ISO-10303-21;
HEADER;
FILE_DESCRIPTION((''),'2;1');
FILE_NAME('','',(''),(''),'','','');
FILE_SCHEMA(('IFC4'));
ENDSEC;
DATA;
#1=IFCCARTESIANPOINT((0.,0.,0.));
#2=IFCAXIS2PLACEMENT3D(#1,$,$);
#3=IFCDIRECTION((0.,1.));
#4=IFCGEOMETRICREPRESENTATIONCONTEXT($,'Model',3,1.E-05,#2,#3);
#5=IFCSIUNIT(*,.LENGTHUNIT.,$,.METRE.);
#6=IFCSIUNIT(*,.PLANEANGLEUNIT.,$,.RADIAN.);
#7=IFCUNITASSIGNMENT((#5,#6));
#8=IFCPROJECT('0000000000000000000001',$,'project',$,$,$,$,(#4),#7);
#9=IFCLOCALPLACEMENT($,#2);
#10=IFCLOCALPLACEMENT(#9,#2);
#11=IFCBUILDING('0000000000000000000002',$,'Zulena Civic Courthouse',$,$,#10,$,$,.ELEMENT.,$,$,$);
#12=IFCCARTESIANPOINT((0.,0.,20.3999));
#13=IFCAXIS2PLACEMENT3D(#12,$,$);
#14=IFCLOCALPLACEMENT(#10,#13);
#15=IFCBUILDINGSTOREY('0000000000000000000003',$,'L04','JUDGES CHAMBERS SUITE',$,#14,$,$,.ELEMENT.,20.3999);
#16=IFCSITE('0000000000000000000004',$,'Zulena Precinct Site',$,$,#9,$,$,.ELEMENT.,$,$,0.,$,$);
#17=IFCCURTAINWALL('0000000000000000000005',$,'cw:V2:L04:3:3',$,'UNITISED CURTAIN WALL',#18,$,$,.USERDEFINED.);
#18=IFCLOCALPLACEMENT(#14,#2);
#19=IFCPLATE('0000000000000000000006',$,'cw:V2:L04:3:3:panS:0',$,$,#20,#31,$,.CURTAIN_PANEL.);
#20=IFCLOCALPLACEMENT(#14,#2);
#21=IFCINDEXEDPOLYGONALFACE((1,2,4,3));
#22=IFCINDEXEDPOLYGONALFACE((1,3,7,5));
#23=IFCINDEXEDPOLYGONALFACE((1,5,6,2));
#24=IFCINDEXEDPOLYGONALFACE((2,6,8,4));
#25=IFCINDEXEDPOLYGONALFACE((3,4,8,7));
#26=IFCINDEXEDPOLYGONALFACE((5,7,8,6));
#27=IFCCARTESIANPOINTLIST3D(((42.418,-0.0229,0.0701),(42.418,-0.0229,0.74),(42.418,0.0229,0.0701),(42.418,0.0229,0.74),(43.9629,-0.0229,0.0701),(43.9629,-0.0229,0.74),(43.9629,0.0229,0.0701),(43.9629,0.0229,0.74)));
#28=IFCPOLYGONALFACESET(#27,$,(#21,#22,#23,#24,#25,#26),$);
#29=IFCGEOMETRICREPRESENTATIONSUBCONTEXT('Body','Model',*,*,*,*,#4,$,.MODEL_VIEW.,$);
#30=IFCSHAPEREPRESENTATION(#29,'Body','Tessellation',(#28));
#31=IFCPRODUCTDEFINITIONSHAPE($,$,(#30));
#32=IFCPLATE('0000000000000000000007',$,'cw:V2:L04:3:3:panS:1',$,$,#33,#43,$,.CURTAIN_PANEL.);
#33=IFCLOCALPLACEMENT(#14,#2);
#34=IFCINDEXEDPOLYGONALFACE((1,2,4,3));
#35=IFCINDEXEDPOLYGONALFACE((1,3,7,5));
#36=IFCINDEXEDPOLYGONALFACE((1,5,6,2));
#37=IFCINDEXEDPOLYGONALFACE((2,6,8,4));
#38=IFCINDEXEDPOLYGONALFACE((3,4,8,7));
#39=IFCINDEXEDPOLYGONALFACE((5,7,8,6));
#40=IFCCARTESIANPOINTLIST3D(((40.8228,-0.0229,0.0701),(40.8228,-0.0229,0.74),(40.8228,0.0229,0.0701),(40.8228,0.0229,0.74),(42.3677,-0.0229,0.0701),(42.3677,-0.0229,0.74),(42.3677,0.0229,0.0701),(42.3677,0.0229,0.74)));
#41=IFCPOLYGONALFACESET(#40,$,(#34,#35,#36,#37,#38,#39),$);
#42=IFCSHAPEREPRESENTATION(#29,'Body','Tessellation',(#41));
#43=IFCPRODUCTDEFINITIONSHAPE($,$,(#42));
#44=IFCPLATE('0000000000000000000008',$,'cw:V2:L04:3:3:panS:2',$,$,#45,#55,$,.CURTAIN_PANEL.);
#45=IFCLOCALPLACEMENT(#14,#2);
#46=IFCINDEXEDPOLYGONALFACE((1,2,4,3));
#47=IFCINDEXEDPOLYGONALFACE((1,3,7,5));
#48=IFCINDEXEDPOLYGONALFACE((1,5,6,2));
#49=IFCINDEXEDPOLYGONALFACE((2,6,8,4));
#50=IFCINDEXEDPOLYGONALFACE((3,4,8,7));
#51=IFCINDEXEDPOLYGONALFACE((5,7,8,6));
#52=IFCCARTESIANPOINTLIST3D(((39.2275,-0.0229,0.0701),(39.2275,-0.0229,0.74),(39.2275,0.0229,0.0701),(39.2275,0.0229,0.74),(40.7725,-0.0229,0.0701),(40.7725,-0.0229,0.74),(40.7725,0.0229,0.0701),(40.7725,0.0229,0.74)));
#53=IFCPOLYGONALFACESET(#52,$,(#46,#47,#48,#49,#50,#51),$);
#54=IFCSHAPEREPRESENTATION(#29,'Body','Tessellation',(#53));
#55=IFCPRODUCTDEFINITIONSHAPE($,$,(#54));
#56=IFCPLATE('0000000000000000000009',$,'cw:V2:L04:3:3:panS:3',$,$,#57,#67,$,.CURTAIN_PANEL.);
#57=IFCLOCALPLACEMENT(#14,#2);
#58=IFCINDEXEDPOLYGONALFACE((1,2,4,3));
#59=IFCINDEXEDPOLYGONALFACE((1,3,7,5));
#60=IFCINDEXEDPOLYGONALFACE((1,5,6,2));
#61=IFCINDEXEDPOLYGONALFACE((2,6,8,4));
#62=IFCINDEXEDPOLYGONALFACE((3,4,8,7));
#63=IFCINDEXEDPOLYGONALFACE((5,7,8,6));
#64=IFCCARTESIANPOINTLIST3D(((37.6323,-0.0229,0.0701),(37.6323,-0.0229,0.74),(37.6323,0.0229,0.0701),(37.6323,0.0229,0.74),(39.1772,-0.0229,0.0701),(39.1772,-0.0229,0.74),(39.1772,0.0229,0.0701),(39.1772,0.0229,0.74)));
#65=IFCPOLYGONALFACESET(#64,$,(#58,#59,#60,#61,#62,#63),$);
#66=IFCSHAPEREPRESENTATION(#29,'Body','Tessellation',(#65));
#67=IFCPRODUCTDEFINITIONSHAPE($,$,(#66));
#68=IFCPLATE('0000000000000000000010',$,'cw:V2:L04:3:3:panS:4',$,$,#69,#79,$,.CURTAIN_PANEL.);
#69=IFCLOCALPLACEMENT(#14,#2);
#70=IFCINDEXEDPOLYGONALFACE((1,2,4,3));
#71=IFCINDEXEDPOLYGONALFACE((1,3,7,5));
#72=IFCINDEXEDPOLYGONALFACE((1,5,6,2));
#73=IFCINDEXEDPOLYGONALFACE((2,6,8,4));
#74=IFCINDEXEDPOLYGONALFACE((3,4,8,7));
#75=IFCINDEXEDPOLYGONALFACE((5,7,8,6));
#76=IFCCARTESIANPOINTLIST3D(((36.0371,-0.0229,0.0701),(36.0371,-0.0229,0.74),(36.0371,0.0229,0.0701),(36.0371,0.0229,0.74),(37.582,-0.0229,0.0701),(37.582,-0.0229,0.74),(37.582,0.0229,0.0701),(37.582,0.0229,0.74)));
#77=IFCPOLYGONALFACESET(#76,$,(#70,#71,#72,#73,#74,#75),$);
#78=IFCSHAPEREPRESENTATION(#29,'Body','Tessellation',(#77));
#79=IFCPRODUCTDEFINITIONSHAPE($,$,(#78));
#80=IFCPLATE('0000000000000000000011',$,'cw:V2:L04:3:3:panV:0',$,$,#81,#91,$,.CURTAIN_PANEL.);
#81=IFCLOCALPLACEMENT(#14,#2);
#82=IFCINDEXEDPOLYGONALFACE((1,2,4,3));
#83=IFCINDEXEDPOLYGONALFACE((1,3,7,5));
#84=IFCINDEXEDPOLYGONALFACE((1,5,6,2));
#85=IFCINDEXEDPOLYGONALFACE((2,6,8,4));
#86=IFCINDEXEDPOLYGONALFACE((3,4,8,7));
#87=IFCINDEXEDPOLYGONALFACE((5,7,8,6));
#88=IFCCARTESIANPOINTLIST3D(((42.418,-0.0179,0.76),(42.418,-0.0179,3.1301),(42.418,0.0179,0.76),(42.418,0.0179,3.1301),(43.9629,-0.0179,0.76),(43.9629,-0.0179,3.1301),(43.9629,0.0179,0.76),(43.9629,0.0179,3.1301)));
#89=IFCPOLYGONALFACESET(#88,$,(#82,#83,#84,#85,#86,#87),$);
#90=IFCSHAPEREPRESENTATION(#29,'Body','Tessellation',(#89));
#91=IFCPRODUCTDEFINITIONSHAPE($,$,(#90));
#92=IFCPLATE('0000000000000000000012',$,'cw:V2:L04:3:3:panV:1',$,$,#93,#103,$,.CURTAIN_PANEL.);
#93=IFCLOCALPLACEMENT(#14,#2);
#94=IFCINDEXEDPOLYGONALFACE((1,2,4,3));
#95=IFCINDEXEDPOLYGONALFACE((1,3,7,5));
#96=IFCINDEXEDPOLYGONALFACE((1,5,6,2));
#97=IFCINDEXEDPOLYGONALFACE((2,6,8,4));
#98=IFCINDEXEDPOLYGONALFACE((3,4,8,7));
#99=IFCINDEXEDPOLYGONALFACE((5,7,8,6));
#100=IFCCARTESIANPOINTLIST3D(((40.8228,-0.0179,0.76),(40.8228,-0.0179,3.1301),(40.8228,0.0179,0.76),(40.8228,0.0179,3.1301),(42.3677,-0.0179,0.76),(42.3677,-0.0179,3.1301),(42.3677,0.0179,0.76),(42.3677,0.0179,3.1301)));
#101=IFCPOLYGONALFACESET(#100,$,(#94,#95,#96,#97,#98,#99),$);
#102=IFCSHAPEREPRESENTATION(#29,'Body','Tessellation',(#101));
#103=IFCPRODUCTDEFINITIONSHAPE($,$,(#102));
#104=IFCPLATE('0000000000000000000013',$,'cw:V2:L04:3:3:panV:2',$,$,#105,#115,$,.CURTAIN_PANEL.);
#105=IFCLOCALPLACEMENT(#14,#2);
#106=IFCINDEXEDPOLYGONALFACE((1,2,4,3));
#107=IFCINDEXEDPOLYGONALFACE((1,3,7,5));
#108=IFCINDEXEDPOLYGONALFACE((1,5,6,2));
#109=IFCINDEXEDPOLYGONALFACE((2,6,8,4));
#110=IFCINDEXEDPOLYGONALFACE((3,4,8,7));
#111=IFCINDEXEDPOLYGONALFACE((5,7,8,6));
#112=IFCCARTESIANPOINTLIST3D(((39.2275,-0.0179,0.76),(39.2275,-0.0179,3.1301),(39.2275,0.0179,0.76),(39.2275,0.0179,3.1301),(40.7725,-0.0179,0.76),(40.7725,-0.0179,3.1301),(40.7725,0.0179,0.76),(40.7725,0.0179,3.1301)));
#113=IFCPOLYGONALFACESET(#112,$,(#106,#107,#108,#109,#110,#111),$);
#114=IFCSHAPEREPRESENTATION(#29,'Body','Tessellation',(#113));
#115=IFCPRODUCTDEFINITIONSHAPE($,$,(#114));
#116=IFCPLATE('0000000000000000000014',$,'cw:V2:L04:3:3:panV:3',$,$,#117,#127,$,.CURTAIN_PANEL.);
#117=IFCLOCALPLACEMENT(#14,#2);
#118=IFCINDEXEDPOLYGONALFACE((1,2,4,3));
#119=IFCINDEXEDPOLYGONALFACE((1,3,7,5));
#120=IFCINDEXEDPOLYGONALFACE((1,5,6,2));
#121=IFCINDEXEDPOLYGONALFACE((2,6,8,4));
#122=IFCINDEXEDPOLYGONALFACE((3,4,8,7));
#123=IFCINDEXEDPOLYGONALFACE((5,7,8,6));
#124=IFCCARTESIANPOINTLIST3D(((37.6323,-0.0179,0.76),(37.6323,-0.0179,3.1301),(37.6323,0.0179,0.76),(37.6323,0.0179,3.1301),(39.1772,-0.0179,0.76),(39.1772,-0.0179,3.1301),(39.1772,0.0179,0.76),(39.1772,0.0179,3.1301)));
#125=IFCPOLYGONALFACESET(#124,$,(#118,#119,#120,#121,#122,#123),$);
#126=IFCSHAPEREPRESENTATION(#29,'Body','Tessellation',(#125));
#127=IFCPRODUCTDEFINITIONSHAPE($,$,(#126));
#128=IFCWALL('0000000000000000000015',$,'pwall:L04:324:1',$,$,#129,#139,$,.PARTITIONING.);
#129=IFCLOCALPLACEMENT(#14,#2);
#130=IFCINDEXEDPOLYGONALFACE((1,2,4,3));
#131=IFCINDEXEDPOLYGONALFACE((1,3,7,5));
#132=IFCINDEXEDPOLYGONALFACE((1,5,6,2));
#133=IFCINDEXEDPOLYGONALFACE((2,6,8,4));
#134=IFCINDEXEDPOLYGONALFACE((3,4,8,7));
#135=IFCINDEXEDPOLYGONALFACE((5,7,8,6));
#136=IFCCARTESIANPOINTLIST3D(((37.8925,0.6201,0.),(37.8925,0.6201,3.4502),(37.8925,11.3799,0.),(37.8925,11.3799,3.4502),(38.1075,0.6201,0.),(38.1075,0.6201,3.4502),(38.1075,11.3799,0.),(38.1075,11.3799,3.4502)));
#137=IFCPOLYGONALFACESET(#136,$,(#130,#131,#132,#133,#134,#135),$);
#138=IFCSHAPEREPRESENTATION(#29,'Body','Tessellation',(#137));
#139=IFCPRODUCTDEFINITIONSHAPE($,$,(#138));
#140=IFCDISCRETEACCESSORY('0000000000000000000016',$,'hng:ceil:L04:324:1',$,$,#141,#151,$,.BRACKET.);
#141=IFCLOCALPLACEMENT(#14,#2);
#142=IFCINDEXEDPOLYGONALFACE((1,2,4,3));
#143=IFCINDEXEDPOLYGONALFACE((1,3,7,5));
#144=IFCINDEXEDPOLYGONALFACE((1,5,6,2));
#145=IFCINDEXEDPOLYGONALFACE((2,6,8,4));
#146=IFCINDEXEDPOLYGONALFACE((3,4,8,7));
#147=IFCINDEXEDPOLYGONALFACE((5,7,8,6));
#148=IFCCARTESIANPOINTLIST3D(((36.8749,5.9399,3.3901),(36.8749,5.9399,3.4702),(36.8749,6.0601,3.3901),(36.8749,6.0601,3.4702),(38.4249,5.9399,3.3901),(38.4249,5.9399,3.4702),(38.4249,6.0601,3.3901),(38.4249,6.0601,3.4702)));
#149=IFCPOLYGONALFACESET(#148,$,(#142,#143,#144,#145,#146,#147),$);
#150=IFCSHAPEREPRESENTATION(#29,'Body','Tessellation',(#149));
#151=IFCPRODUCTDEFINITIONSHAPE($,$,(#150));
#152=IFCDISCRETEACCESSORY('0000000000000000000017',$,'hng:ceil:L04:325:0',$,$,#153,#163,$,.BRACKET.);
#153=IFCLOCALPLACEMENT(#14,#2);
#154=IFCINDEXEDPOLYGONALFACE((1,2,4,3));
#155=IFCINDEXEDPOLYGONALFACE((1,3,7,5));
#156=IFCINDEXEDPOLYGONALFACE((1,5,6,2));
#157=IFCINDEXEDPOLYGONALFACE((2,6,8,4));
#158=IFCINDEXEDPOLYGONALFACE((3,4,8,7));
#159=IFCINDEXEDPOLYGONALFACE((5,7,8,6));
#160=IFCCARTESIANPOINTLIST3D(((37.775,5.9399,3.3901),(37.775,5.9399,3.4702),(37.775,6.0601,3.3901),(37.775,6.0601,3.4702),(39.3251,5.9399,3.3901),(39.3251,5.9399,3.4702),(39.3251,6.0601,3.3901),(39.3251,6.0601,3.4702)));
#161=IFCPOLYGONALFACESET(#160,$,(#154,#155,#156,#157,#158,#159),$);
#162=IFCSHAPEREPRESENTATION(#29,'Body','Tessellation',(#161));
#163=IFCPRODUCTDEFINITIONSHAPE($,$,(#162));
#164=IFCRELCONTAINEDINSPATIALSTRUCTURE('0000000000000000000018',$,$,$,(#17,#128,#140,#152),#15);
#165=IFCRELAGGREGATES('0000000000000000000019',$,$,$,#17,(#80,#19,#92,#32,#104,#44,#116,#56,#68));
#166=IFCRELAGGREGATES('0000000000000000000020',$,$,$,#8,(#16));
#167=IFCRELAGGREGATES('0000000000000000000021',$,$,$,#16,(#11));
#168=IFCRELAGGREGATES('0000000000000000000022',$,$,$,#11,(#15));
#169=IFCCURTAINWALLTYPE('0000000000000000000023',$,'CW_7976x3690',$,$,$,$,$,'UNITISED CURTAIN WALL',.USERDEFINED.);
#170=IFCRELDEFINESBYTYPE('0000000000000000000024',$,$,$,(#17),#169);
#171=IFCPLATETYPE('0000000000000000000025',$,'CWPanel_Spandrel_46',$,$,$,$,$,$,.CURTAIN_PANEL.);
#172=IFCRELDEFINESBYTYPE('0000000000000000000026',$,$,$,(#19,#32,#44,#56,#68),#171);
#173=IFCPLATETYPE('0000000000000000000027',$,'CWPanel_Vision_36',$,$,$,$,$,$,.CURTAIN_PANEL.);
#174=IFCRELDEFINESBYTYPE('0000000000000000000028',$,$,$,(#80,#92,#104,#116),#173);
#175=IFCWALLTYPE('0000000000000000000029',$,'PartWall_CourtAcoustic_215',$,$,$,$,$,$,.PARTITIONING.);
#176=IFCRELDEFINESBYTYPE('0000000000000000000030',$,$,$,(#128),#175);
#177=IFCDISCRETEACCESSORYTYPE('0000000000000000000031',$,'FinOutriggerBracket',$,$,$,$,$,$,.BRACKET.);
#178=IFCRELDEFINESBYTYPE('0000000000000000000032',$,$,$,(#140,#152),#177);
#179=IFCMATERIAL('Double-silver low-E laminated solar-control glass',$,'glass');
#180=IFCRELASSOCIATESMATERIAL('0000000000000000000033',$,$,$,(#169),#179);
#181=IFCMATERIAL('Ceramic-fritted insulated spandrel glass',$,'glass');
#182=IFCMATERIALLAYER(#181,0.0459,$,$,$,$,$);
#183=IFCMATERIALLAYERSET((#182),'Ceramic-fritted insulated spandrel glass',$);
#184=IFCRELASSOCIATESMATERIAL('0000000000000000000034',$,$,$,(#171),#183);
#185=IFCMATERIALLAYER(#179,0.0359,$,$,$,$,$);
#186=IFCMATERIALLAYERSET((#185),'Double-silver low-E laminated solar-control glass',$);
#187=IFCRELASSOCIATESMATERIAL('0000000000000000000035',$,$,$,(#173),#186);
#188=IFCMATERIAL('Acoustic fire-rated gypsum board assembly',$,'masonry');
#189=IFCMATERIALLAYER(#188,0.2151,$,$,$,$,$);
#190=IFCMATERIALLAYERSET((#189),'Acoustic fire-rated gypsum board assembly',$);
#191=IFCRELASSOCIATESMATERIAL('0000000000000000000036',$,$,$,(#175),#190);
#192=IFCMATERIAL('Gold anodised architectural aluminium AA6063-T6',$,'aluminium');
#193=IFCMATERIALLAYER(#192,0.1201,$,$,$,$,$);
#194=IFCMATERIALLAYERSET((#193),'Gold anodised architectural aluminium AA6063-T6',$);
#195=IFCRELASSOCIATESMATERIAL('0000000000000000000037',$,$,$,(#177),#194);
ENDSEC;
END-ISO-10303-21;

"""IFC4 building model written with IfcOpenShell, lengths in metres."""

from ifc_helpers import new_model, si_unit, direction, frame, frame_2d, origin, origin_2d, place, context, subcontext, project, spatial, rectangle, extrude, material, layer, layer_set, type_object, element, aggregate, save


model = new_model("IFC4")

# Units and contexts
model_context = context("Model", 3, precision=1e-05, world=origin(), true_north=direction((0.0, 1.0)))
body_context = subcontext(model_context, "Body", "Model", "MODEL_VIEW")
ifc_project = project(units=[si_unit("LENGTHUNIT", "METRE"), si_unit("PLANEANGLEUNIT", "RADIAN")], contexts=[model_context])

# Site, building, storey
site_placement = place(None, origin())
site = spatial("IfcSite", under=ifc_project, at=site_placement, Name="Zulena Precinct Site", CompositionType="ELEMENT", RefElevation=0.0)
building_placement = place(site_placement, origin())
building = spatial("IfcBuilding", under=site, at=building_placement, Name="Zulena Civic Courthouse", CompositionType="ELEMENT")
storey_placement = place(building_placement, frame((0.0, 0.0, 20.3999)))
storey = spatial("IfcBuildingStorey", under=building, at=storey_placement, Name="L04", Description="JUDGES CHAMBERS SUITE", CompositionType="ELEMENT", Elevation=20.3999)

# Curtain wall
ifc_material_1 = material(Name="Double-silver low-E laminated solar-control glass", Category="glass")
curtain_wall_type = type_object("IfcCurtainWallType", Name="CW_7976x3690", ElementType="UNITISED CURTAIN WALL", PredefinedType="USERDEFINED", material=ifc_material_1)
curtain_wall_placement = place(storey_placement, origin())
curtain_wall = element("IfcCurtainWall", 1, at=curtain_wall_placement, inside=storey, type_object=curtain_wall_type, Name="cw:V2:L04:3:3", ObjectType="UNITISED CURTAIN WALL", PredefinedType="USERDEFINED")

# Plates
ifc_material_2 = material(Name="Ceramic-fritted insulated spandrel glass", Category="glass")
ifc_layer_1 = layer(ifc_material_2, 0.0459)
ifc_layer_set_1 = layer_set([ifc_layer_1], Name="Ceramic-fritted insulated spandrel glass")
plate_type_1 = type_object("IfcPlateType", Name="CWPanel_Spandrel_46", PredefinedType="CURTAIN_PANEL", material=ifc_layer_set_1)
plate_1_placement = place(storey_placement, frame((43.1904, 0.0, 0.0701), z_axis=(0.0, 0.0, 1.0), x_axis=(-1.0, 0.0, 0.0)))
plate_1 = element("IfcPlate", 2, at=plate_1_placement, type_object=plate_type_1, Name="cw:V2:L04:3:3:panS:0", PredefinedType="CURTAIN_PANEL", context=body_context, shape_type="SweptSolid", body=[
    extrude(rectangle(XDim=1.5449, YDim=0.0459, at=origin_2d()), origin(), (0.0, 0.0, 1.0), 0.6699),
])
plate_2_placement = place(storey_placement, frame((41.5952, 0.0, 0.0701), z_axis=(0.0, 0.0, 1.0), x_axis=(-1.0, 0.0, 0.0)))
plate_2 = element("IfcPlate", 3, at=plate_2_placement, type_object=plate_type_1, Name="cw:V2:L04:3:3:panS:1", PredefinedType="CURTAIN_PANEL", context=body_context, shape_type="SweptSolid", body=[
    extrude(rectangle(XDim=1.5449, YDim=0.0459, at=origin_2d()), origin(), (0.0, 0.0, 1.0), 0.6699),
])
plate_3_placement = place(storey_placement, frame((40.0, 0.0, 0.0701), z_axis=(0.0, 0.0, 1.0), x_axis=(-1.0, 0.0, 0.0)))
plate_3 = element("IfcPlate", 4, at=plate_3_placement, type_object=plate_type_1, Name="cw:V2:L04:3:3:panS:2", PredefinedType="CURTAIN_PANEL", context=body_context, shape_type="SweptSolid", body=[
    extrude(rectangle(XDim=1.5449, YDim=0.0459, at=origin_2d()), origin(), (0.0, 0.0, 1.0), 0.6699),
])
plate_4_placement = place(storey_placement, frame((38.4048, 0.0, 0.0701), z_axis=(0.0, 0.0, 1.0), x_axis=(-1.0, 0.0, 0.0)))
plate_4 = element("IfcPlate", 5, at=plate_4_placement, type_object=plate_type_1, Name="cw:V2:L04:3:3:panS:3", PredefinedType="CURTAIN_PANEL", context=body_context, shape_type="SweptSolid", body=[
    extrude(rectangle(XDim=1.5449, YDim=0.0459, at=origin_2d()), origin(), (0.0, 0.0, 1.0), 0.6699),
])
plate_5_placement = place(storey_placement, frame((36.8096, 0.0, 0.0701), z_axis=(0.0, 0.0, 1.0), x_axis=(-1.0, 0.0, 0.0)))
plate_5 = element("IfcPlate", 6, at=plate_5_placement, type_object=plate_type_1, Name="cw:V2:L04:3:3:panS:4", PredefinedType="CURTAIN_PANEL", context=body_context, shape_type="SweptSolid", body=[
    extrude(rectangle(XDim=1.5449, YDim=0.0459, at=origin_2d()), origin(), (0.0, 0.0, 1.0), 0.6699),
])
ifc_layer_2 = layer(ifc_material_1, 0.0359)
ifc_layer_set_2 = layer_set([ifc_layer_2], Name="Double-silver low-E laminated solar-control glass")
plate_type_2 = type_object("IfcPlateType", Name="CWPanel_Vision_36", PredefinedType="CURTAIN_PANEL", material=ifc_layer_set_2)
plate_6_placement = place(storey_placement, frame((43.1904, 0.0, 0.76), z_axis=(0.0, 0.0, 1.0), x_axis=(-1.0, 0.0, 0.0)))
plate_6 = element("IfcPlate", 7, at=plate_6_placement, type_object=plate_type_2, Name="cw:V2:L04:3:3:panV:0", PredefinedType="CURTAIN_PANEL", context=body_context, shape_type="SweptSolid", body=[
    extrude(rectangle(XDim=1.5449, YDim=0.0359, at=origin_2d()), origin(), (0.0, 0.0, 1.0), 2.3701),
])
plate_7_placement = place(storey_placement, frame((41.5952, 0.0, 0.76), z_axis=(0.0, 0.0, 1.0), x_axis=(-1.0, 0.0, 0.0)))
plate_7 = element("IfcPlate", 8, at=plate_7_placement, type_object=plate_type_2, Name="cw:V2:L04:3:3:panV:1", PredefinedType="CURTAIN_PANEL", context=body_context, shape_type="SweptSolid", body=[
    extrude(rectangle(XDim=1.5449, YDim=0.0359, at=origin_2d()), origin(), (0.0, 0.0, 1.0), 2.3701),
])
plate_8_placement = place(storey_placement, frame((40.0, 0.0, 0.76), z_axis=(0.0, 0.0, 1.0), x_axis=(-1.0, 0.0, 0.0)))
plate_8 = element("IfcPlate", 9, at=plate_8_placement, type_object=plate_type_2, Name="cw:V2:L04:3:3:panV:2", PredefinedType="CURTAIN_PANEL", context=body_context, shape_type="SweptSolid", body=[
    extrude(rectangle(XDim=1.5449, YDim=0.0359, at=origin_2d()), origin(), (0.0, 0.0, 1.0), 2.3701),
])
plate_9_placement = place(storey_placement, frame((38.4048, 0.0, 0.76), z_axis=(0.0, 0.0, 1.0), x_axis=(-1.0, 0.0, 0.0)))
plate_9 = element("IfcPlate", 10, at=plate_9_placement, type_object=plate_type_2, Name="cw:V2:L04:3:3:panV:3", PredefinedType="CURTAIN_PANEL", context=body_context, shape_type="SweptSolid", body=[
    extrude(rectangle(XDim=1.5449, YDim=0.0359, at=origin_2d()), origin(), (0.0, 0.0, 1.0), 2.3701),
])
aggregate(curtain_wall, [plate_6, plate_1, plate_7, plate_2, plate_8, plate_3, plate_9, plate_4, plate_5])

# Wall
ifc_material_3 = material(Name="Acoustic fire-rated gypsum board assembly", Category="masonry")
ifc_layer_3 = layer(ifc_material_3, 0.2151)
ifc_layer_set_3 = layer_set([ifc_layer_3], Name="Acoustic fire-rated gypsum board assembly")
wall_type = type_object("IfcWallType", Name="PartWall_CourtAcoustic_215", PredefinedType="PARTITIONING", material=ifc_layer_set_3)
wall_placement = place(storey_placement, frame((38.0, 0.6201, 0.0), z_axis=(0.0, 0.0, 1.0), x_axis=(0.0, 1.0, 0.0)))
element("IfcWall", 11, at=wall_placement, inside=storey, type_object=wall_type, Name="pwall:L04:324:1", PredefinedType="PARTITIONING", context=body_context, shape_type="SweptSolid", body=[
    extrude(rectangle(XDim=10.7598, YDim=0.2151, at=frame_2d((5.3799, 0.0))), origin(), (0.0, 0.0, 1.0), 3.4502),
])

# Discrete accessories
ifc_material_4 = material(Name="Gold anodised architectural aluminium AA6063-T6", Category="aluminium")
ifc_layer_4 = layer(ifc_material_4, 0.1201)
ifc_layer_set_4 = layer_set([ifc_layer_4], Name="Gold anodised architectural aluminium AA6063-T6")
discrete_accessory_type = type_object("IfcDiscreteAccessoryType", Name="FinOutriggerBracket", PredefinedType="BRACKET", material=ifc_layer_set_4)
for number, where, z_axis, x_axis, name in (
    (12, (37.6499, 6.0, 3.3901), (0.0, 0.0, 1.0), (1.0, 0.0, 0.0), "hng:ceil:L04:324:1"),
    (13, (38.55, 6.0, 3.3901), (0.0, 0.0, 1.0), (1.0, 0.0, 0.0), "hng:ceil:L04:325:0"),
):
    element("IfcDiscreteAccessory", number, at=place(storey_placement, frame(where, z_axis=z_axis, x_axis=x_axis)), inside=storey, type_object=discrete_accessory_type, Name=name, PredefinedType="BRACKET", context=body_context, shape_type="SweptSolid", body=[
        extrude(rectangle(XDim=1.55, YDim=0.1201, at=origin_2d()), origin(), (0.0, 0.0, 1.0), 0.0801),
    ])

save(model, "model.ifc")
